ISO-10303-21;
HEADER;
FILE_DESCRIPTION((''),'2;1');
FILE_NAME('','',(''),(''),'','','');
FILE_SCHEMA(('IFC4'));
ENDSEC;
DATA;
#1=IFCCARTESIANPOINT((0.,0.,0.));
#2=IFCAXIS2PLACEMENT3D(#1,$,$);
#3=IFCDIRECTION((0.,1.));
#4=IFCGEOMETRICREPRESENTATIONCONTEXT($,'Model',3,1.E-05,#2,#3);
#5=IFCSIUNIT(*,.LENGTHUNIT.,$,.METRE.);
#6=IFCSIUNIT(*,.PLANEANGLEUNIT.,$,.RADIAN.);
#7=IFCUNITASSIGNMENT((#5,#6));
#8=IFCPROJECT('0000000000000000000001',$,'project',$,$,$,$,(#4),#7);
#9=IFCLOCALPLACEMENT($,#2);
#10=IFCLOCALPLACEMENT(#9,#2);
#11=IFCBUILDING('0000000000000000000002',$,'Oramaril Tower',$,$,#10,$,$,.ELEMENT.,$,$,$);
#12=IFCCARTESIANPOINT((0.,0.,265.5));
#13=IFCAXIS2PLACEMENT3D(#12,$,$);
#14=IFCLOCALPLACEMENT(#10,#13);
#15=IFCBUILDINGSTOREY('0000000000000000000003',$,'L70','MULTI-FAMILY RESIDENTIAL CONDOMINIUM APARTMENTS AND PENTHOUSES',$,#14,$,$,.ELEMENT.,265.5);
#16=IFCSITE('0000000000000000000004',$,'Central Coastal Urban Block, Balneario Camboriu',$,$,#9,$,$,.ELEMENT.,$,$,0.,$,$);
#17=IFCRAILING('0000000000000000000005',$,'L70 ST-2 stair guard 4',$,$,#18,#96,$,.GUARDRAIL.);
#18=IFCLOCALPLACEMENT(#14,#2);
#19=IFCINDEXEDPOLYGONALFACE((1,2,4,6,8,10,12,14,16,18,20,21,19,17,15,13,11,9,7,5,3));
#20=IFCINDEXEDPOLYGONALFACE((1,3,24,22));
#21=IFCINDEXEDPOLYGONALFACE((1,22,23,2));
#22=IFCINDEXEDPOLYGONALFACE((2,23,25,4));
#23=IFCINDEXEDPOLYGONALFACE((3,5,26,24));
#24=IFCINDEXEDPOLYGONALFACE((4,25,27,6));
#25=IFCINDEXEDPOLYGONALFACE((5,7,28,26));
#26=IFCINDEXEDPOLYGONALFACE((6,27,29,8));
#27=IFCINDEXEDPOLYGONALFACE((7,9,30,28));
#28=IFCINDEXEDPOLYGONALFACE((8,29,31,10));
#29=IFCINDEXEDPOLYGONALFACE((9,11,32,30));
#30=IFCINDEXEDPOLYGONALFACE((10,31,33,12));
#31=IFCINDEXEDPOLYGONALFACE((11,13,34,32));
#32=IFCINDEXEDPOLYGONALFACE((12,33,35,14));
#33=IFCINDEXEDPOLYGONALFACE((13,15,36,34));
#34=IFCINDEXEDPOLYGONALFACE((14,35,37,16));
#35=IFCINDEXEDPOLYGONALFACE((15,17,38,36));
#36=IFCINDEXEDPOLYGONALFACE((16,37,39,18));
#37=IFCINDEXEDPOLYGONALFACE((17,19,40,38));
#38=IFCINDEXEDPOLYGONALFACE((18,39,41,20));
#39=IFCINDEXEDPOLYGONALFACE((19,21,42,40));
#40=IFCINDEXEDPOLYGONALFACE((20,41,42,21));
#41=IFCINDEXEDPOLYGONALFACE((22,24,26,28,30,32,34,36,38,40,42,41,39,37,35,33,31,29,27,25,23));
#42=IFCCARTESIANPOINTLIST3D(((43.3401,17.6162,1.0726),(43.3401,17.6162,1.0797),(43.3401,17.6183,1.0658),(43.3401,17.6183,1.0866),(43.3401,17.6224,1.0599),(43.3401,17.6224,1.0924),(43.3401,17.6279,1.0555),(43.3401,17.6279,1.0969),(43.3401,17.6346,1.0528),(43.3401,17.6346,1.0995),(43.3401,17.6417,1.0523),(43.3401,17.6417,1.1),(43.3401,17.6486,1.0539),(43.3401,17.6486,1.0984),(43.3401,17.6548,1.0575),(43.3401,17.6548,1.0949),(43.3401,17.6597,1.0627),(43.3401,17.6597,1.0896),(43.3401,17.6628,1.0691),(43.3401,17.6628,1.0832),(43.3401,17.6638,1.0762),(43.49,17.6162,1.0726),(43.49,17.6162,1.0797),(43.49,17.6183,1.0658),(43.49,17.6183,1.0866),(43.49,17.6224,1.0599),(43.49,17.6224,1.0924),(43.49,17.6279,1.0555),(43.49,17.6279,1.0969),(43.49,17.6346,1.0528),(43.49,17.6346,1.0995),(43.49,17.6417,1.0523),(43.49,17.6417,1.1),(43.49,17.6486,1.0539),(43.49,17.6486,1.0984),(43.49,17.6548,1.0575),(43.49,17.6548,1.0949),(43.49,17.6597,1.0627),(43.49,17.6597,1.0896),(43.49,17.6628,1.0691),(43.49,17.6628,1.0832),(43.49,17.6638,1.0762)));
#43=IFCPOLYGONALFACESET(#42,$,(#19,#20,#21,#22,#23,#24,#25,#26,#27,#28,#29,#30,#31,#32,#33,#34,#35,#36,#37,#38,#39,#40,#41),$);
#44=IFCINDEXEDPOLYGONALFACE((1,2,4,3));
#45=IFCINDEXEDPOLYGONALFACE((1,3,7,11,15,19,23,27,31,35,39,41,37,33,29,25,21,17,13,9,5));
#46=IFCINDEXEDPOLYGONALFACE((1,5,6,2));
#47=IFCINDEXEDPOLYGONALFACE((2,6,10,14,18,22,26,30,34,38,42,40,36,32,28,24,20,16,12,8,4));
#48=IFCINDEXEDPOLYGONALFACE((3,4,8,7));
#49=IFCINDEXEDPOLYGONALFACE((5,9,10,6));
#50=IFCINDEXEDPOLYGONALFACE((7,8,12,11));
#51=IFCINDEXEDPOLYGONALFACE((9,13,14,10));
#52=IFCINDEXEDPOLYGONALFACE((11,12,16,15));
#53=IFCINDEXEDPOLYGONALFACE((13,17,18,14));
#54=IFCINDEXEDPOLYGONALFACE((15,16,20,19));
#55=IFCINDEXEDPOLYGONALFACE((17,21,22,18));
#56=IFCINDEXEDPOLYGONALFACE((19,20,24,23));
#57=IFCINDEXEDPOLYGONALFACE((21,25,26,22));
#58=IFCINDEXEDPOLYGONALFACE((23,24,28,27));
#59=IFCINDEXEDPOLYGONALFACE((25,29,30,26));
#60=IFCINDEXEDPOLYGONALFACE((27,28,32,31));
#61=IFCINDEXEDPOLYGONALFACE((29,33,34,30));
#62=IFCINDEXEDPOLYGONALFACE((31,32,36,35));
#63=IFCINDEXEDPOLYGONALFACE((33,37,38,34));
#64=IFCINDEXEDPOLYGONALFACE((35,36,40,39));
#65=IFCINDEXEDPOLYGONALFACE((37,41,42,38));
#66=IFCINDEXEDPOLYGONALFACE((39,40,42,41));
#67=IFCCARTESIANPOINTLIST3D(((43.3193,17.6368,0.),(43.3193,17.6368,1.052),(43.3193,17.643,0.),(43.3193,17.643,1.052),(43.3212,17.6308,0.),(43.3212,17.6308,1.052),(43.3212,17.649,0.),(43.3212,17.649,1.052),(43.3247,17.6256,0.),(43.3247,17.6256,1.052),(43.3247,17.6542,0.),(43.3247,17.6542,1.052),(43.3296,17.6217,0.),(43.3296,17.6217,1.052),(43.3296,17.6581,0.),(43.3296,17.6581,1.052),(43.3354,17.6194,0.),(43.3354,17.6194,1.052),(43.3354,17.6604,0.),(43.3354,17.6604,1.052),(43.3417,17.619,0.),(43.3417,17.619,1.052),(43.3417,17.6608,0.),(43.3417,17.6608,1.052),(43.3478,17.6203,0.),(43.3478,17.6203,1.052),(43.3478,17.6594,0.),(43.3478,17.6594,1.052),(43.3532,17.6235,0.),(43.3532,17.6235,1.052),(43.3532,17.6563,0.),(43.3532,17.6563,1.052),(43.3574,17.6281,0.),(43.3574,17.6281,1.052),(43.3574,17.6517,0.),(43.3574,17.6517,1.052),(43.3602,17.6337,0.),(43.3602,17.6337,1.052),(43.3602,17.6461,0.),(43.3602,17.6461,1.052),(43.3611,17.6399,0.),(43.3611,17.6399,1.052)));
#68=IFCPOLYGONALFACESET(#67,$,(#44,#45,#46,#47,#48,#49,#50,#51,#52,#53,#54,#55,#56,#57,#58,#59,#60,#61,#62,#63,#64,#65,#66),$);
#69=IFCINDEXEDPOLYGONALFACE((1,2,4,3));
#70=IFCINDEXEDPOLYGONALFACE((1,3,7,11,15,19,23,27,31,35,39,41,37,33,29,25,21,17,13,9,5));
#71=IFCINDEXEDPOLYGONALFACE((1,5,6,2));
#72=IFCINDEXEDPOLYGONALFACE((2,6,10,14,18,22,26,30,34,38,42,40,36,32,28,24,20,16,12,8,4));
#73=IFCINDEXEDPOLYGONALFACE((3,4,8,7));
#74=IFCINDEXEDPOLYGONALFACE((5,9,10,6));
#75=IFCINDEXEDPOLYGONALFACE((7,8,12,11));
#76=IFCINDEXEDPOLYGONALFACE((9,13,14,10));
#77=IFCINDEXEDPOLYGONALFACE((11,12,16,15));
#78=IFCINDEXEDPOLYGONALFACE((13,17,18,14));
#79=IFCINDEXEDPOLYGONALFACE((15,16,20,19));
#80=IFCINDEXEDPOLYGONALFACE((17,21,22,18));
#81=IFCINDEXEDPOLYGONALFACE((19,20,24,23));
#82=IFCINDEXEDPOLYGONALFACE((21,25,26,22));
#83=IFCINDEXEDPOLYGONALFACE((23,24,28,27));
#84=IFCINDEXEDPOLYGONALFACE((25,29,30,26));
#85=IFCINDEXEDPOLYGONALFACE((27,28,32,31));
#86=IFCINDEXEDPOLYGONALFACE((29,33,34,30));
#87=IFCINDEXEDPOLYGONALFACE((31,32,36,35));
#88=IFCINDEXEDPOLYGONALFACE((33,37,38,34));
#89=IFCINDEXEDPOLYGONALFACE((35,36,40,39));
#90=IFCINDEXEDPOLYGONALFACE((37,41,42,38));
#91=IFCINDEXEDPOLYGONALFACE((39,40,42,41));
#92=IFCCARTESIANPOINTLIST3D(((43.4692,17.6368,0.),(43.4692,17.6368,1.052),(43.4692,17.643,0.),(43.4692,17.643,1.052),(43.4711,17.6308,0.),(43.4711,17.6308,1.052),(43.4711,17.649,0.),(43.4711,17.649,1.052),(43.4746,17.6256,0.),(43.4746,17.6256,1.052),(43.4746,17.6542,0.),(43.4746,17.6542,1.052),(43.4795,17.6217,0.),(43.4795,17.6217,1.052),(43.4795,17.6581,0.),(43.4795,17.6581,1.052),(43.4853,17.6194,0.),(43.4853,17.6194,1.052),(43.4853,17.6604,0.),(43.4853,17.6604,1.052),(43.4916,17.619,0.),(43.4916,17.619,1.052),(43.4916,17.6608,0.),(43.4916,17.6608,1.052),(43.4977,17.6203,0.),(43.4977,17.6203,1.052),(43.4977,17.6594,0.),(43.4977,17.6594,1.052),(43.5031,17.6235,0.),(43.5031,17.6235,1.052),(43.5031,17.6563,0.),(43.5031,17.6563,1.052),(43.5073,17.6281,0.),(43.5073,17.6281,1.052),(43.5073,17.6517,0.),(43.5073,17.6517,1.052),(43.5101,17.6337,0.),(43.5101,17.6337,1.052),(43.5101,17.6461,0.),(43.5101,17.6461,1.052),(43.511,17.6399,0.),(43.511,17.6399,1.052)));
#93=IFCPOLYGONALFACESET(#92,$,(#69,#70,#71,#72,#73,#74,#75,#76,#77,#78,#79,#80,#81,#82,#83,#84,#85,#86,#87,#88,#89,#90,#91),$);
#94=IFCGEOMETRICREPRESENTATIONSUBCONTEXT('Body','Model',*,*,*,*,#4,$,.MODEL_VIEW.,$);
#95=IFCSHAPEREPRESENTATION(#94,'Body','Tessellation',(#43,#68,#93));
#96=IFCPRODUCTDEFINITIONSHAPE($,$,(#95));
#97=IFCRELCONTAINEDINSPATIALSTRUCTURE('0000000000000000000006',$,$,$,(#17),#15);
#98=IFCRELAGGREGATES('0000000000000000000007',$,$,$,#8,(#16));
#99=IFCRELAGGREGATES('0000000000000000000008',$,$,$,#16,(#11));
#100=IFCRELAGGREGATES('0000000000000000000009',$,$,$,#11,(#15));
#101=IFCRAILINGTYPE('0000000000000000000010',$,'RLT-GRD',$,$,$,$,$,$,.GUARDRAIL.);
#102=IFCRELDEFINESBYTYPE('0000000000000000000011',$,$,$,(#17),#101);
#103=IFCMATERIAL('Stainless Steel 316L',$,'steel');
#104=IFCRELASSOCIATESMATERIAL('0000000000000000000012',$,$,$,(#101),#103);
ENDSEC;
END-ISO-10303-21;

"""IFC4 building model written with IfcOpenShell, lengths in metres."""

from ifc_helpers import new_model, si_unit, direction, frame, origin, origin_2d, place, context, subcontext, project, spatial, circle, extrude, material, type_object, element, save


model = new_model("IFC4")

# Units and contexts
model_context = context("Model", 3, precision=1e-05, world=origin(), true_north=direction((0.0, 1.0)))
body_context = subcontext(model_context, "Body", "Model", "MODEL_VIEW")
ifc_project = project(units=[si_unit("LENGTHUNIT", "METRE"), si_unit("PLANEANGLEUNIT", "RADIAN")], contexts=[model_context])

# Site, building, storey
site_placement = place(None, origin())
site = spatial("IfcSite", under=ifc_project, at=site_placement, Name="Central Coastal Urban Block, Balneario Camboriu", CompositionType="ELEMENT", RefElevation=0.0)
building_placement = place(site_placement, origin())
building = spatial("IfcBuilding", under=site, at=building_placement, Name="Oramaril Tower", CompositionType="ELEMENT")
storey_placement = place(building_placement, frame((0.0, 0.0, 265.5)))
storey = spatial("IfcBuildingStorey", under=building, at=storey_placement, Name="L70", Description="MULTI-FAMILY RESIDENTIAL CONDOMINIUM APARTMENTS AND PENTHOUSES", CompositionType="ELEMENT", Elevation=265.5)

# Railing
ifc_material_1 = material(Name="Stainless Steel 316L", Category="steel")
railing_type_1 = type_object("IfcRailingType", Name="RLT-GRD", PredefinedType="GUARDRAIL", material=ifc_material_1)
railing_1_placement = place(storey_placement, frame((43.3401, 17.6399, 0.0)))
element("IfcRailing", 1, at=railing_1_placement, inside=storey, type_object=railing_type_1, Name="L70 ST-2 stair guard 4", PredefinedType="GUARDRAIL", context=body_context, shape_type="SweptSolid", body=[
    extrude(circle(Radius=0.0239, at=origin_2d()), frame((0.0, 0.0, 1.0762), z_axis=(1.0, 0.0, 0.0), x_axis=(0.0, 1.0, 0.0)), (0.0, 0.0, 1.0), 0.1499),
    extrude(circle(Radius=0.021, at=origin_2d()), origin(), (0.0, 0.0, 1.0), 1.052),
    extrude(circle(Radius=0.021, at=origin_2d()), frame((0.1499, 0.0, 0.0)), (0.0, 0.0, 1.0), 1.052),
])

save(model, "model.ifc")
